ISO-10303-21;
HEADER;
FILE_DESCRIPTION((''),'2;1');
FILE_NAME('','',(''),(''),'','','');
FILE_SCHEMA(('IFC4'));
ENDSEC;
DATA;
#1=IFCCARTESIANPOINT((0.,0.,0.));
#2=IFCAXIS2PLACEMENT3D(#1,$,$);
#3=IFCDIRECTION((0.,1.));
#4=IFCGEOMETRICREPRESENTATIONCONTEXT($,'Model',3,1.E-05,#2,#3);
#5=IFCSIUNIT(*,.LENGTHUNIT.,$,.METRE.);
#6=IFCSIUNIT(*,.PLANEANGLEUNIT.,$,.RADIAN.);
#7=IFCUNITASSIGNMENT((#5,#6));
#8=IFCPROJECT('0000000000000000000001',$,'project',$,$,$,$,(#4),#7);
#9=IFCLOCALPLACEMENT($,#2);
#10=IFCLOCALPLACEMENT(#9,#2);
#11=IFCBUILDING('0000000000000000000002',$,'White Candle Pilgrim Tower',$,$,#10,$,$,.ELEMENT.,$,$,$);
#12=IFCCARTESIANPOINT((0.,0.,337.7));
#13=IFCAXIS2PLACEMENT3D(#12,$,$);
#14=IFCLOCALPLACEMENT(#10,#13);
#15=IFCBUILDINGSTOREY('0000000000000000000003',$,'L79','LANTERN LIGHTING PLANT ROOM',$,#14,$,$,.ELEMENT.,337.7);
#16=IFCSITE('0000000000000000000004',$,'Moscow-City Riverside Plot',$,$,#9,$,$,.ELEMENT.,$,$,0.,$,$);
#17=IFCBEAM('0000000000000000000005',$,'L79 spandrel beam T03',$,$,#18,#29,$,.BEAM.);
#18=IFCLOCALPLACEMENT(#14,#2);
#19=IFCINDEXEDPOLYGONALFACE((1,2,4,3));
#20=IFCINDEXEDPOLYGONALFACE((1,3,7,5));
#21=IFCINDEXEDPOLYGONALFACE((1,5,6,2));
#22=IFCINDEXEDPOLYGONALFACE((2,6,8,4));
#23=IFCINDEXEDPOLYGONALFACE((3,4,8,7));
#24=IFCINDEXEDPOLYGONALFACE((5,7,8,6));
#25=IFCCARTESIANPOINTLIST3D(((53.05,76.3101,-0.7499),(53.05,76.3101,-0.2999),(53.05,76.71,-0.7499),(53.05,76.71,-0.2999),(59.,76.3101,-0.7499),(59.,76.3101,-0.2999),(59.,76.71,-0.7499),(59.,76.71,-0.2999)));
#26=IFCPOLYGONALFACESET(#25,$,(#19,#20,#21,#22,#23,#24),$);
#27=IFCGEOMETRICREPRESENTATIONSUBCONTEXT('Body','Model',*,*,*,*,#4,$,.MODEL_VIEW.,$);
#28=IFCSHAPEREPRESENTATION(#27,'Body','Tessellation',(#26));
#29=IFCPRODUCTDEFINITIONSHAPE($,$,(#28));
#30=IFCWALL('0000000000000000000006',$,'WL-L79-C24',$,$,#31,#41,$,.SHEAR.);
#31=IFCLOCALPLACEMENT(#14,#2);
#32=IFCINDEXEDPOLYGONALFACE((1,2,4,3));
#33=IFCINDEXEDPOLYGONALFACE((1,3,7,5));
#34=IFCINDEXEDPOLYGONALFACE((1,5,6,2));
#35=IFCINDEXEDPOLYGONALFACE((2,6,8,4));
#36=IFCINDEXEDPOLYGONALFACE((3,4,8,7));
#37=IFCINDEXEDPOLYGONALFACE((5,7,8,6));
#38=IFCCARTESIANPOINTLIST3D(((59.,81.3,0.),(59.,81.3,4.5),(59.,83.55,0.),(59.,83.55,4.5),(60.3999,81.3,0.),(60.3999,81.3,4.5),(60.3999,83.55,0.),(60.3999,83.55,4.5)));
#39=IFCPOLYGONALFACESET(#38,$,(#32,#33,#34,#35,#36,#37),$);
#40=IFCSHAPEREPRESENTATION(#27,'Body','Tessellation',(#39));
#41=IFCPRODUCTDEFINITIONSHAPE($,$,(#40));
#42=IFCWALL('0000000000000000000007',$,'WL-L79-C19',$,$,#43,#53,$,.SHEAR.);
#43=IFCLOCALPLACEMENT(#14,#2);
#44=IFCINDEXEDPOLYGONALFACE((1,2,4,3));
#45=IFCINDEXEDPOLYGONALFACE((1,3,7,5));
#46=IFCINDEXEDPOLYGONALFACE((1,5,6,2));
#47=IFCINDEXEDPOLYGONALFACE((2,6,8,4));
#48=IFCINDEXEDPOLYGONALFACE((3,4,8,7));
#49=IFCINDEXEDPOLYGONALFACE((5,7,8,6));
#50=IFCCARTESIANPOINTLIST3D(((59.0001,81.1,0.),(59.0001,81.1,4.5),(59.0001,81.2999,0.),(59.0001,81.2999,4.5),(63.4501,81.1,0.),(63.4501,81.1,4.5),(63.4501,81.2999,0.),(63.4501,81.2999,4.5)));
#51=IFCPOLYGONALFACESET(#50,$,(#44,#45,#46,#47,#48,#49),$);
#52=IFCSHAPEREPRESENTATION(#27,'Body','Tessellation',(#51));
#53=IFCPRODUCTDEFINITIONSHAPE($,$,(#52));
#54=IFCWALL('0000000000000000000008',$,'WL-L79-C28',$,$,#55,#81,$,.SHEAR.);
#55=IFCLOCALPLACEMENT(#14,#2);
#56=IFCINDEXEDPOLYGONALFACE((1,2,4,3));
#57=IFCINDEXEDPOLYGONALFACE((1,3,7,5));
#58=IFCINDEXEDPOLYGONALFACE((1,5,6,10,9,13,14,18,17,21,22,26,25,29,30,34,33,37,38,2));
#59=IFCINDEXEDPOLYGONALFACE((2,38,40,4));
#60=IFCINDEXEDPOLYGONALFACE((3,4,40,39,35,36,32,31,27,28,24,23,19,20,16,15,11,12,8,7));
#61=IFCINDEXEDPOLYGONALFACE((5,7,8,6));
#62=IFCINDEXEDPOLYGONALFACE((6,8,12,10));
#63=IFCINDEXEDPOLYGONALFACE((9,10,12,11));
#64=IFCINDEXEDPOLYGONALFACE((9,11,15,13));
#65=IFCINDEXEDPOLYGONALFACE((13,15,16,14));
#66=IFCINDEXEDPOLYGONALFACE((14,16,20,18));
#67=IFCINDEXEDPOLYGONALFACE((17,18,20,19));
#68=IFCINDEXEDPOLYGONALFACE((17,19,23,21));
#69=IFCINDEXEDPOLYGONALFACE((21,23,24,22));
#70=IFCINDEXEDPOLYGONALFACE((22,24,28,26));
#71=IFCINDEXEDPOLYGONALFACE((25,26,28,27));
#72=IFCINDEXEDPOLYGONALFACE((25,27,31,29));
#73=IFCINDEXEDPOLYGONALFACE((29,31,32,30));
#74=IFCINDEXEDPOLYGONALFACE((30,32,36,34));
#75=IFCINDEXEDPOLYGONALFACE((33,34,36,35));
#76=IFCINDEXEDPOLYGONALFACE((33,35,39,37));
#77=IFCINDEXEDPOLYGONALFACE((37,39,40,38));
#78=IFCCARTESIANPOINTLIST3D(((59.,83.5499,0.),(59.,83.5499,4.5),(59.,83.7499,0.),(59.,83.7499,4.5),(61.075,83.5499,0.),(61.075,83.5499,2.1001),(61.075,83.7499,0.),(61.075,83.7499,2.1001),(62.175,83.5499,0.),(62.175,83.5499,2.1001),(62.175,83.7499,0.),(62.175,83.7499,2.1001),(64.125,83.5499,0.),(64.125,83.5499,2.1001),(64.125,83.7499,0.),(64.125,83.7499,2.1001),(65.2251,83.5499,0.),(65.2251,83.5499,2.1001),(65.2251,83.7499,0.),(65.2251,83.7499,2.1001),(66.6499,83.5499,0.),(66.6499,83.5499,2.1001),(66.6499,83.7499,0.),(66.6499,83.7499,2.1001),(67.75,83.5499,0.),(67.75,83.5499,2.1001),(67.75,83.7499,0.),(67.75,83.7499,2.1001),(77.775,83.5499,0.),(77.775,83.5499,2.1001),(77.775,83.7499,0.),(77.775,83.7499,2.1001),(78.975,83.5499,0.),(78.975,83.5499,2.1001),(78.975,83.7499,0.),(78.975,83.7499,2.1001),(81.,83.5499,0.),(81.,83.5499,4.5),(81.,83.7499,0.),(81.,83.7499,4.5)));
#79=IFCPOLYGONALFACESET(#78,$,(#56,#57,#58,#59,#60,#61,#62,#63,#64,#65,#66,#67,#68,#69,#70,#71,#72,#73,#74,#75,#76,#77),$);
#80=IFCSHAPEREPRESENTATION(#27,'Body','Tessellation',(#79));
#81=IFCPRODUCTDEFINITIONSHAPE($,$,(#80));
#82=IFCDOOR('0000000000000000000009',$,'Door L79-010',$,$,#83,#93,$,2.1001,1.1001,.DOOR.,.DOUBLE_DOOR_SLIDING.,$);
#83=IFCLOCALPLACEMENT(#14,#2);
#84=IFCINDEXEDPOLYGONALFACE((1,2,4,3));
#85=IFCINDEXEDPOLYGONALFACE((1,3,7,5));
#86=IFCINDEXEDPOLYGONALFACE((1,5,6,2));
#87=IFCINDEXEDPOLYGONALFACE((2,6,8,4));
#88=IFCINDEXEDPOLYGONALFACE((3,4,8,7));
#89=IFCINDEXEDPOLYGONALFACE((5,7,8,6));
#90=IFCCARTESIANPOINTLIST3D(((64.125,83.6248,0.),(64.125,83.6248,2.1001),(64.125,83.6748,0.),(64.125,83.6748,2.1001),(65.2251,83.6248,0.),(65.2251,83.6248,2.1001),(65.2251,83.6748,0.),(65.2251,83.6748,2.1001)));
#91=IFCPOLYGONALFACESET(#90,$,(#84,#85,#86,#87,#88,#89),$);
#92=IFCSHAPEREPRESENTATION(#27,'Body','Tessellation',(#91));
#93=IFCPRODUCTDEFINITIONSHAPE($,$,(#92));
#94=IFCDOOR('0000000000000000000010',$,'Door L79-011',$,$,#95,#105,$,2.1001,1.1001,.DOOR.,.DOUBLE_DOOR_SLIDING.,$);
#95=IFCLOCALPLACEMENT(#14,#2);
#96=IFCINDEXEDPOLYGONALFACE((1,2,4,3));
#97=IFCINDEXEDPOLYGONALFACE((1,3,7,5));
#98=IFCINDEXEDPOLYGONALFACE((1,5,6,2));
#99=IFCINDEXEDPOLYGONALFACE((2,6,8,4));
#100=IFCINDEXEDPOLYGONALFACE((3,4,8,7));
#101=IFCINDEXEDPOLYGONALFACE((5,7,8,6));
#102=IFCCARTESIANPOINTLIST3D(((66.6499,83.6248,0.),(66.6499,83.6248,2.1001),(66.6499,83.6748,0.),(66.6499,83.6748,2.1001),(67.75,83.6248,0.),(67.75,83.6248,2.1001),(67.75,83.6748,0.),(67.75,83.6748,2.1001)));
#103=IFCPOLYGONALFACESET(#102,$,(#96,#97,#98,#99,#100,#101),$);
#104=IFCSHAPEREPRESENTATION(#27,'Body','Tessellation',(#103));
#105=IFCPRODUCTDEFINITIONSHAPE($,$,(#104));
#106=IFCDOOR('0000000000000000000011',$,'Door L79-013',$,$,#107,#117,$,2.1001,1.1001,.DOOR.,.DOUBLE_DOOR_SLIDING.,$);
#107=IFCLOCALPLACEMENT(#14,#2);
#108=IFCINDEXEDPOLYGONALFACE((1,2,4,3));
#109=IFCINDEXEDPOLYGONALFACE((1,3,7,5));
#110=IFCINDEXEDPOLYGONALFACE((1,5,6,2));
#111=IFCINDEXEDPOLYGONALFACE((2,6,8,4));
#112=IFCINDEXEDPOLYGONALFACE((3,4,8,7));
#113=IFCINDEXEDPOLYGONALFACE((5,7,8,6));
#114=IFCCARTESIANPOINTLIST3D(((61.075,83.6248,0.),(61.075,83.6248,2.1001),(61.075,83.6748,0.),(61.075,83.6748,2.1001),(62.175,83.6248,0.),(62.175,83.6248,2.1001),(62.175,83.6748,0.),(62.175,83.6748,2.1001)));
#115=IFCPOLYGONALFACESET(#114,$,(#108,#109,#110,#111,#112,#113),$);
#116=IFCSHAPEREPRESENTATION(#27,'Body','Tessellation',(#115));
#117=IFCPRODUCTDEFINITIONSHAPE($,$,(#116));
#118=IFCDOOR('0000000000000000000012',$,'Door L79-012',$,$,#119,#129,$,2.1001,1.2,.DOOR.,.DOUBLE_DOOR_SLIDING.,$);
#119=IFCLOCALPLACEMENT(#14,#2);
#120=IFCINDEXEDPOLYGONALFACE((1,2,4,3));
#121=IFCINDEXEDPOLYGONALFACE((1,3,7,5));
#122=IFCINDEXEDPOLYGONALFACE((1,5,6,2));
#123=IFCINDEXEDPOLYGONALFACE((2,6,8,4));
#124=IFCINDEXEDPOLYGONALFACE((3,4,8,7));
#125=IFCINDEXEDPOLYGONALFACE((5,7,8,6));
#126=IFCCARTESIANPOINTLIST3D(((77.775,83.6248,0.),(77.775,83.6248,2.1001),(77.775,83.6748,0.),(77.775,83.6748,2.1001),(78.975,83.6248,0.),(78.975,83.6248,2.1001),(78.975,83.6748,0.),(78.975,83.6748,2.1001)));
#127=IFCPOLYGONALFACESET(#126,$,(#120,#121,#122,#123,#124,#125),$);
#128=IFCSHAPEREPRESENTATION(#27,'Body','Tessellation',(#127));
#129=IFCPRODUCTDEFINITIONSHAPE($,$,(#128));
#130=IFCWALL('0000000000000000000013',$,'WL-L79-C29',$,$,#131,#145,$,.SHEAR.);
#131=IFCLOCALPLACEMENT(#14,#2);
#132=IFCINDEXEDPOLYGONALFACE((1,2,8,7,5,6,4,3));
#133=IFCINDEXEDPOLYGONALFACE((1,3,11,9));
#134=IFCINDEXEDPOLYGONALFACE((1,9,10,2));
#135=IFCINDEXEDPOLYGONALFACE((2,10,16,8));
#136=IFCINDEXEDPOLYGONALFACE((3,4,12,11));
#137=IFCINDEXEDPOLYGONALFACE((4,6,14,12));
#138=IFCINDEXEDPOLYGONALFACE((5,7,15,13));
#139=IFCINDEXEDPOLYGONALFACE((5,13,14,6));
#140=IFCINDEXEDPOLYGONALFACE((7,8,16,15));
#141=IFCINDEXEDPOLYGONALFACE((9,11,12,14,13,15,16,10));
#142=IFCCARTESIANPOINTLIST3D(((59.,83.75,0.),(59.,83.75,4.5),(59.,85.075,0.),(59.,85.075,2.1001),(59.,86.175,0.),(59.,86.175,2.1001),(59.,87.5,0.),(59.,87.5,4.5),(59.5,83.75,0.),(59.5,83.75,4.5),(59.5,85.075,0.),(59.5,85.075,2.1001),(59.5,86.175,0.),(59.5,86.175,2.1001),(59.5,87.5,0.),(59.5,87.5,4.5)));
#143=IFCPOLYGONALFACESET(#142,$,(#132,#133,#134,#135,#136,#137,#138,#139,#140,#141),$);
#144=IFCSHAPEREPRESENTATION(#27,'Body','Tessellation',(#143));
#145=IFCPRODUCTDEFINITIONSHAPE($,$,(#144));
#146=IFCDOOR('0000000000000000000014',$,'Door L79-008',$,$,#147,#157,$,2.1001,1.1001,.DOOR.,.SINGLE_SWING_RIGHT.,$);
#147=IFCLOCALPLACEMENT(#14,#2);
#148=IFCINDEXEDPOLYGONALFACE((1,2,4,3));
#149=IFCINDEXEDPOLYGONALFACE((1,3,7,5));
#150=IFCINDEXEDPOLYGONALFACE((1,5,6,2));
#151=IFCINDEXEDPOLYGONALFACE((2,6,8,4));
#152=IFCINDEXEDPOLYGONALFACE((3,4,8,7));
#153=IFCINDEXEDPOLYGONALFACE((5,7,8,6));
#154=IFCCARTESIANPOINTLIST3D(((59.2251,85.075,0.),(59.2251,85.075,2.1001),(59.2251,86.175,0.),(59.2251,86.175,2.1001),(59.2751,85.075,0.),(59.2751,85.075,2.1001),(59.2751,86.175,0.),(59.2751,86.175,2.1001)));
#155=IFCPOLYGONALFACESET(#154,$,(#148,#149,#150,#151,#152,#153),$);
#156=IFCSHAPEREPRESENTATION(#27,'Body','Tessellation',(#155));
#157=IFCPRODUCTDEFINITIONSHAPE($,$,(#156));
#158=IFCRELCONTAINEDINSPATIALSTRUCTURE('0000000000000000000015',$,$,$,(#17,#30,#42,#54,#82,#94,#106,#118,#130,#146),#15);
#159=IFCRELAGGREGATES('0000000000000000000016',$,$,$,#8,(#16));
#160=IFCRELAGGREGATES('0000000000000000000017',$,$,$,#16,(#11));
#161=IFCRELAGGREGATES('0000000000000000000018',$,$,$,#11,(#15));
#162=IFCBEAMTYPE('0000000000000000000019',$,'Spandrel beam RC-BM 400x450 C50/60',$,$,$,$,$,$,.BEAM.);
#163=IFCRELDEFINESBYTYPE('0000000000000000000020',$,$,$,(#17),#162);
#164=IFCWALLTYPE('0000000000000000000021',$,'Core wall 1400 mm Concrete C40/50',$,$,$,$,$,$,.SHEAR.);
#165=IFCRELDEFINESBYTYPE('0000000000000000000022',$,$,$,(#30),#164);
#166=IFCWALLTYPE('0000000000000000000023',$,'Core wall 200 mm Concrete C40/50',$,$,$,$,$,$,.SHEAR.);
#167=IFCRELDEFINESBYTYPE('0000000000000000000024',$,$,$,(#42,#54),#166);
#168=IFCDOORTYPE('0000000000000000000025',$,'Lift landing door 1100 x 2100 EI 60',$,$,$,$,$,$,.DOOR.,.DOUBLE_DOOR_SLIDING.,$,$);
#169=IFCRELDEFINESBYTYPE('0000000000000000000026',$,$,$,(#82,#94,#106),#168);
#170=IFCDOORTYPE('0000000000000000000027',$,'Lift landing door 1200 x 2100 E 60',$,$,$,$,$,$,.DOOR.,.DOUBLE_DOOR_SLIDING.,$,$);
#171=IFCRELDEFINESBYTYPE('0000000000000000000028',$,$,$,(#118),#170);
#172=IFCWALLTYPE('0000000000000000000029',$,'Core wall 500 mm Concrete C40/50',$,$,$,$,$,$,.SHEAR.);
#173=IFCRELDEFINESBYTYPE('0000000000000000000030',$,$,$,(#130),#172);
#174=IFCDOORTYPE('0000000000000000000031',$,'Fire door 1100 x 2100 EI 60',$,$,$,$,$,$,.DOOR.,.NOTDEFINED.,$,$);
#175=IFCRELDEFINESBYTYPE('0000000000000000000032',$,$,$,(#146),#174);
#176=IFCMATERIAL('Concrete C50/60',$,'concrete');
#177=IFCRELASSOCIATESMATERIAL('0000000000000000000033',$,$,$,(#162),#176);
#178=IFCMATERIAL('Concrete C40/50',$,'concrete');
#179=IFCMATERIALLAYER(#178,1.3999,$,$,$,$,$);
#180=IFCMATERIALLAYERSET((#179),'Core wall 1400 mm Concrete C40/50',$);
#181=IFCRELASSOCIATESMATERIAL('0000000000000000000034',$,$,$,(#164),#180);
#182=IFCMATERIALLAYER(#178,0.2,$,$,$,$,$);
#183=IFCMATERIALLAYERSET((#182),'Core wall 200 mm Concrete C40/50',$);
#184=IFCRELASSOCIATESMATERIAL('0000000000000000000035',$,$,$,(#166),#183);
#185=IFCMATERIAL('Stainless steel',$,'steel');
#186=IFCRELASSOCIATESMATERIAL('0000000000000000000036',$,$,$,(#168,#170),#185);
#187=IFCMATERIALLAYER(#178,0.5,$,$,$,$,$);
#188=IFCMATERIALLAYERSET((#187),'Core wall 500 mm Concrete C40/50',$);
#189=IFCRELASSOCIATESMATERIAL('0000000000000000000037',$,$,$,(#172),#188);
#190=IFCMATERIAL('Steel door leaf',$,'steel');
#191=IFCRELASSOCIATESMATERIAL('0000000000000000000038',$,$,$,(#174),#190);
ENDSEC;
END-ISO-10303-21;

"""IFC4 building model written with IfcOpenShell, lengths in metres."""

from ifc_helpers import new_model, si_unit, direction, frame, frame_2d, origin, origin_2d, place, context, subcontext, project, spatial, rectangle, extrude, material, layer, layer_set, material_profile, profile_set, type_object, element, fill, save


model = new_model("IFC4")

# Units and contexts
model_context = context("Model", 3, precision=1e-05, world=origin(), true_north=direction((0.0, 1.0)))
body_context = subcontext(model_context, "Body", "Model", "MODEL_VIEW")
ifc_project = project(units=[si_unit("LENGTHUNIT", "METRE"), si_unit("PLANEANGLEUNIT", "RADIAN")], contexts=[model_context])

# Site, building, storey
site_placement = place(None, origin())
site = spatial("IfcSite", under=ifc_project, at=site_placement, Name="Moscow-City Riverside Plot", CompositionType="ELEMENT", RefElevation=0.0)
building_placement = place(site_placement, origin())
building = spatial("IfcBuilding", under=site, at=building_placement, Name="White Candle Pilgrim Tower", CompositionType="ELEMENT")
storey_placement = place(building_placement, frame((0.0, 0.0, 337.7)))
storey = spatial("IfcBuildingStorey", under=building, at=storey_placement, Name="L79", Description="LANTERN LIGHTING PLANT ROOM", CompositionType="ELEMENT", Elevation=337.7)

# Beam
ifc_material_1 = material(Name="Concrete C50/60", Category="concrete")
ifc_material_profile = material_profile(ifc_material_1, rectangle(XDim=0.3999, YDim=0.45, at=origin_2d()), Name="RC-BM 400x450")
ifc_profile_set = profile_set([ifc_material_profile], Name="Concrete C50/60")
beam_type = type_object("IfcBeamType", Name="Spandrel beam RC-BM 400x450 C50/60", PredefinedType="BEAM", material=ifc_profile_set)
beam_placement = place(storey_placement, frame((53.05, 76.51, -0.5249), z_axis=(1.0, 0.0, 0.0), x_axis=(0.0, 1.0, 0.0)))
element("IfcBeam", 1, at=beam_placement, inside=storey, type_object=beam_type, Name="L79 spandrel beam T03", PredefinedType="BEAM", context=body_context, shape_type="SweptSolid", body=[
    extrude(rectangle(XDim=0.3999, YDim=0.45, at=origin_2d()), origin(), (0.0, 0.0, 1.0), 5.95),
])

# Walls
ifc_material_2 = material(Name="Concrete C40/50", Category="concrete")
ifc_layer_1 = layer(ifc_material_2, 1.3999)
ifc_layer_set_1 = layer_set([ifc_layer_1], Name="Core wall 1400 mm Concrete C40/50")
wall_type_1 = type_object("IfcWallType", Name="Core wall 1400 mm Concrete C40/50", PredefinedType="SHEAR", material=ifc_layer_set_1)
wall_1_placement = place(storey_placement, frame((59.7, 81.3, 0.0), z_axis=(0.0, 0.0, 1.0), x_axis=(0.0, 1.0, 0.0)))
element("IfcWall", 2, at=wall_1_placement, inside=storey, type_object=wall_type_1, Name="WL-L79-C24", PredefinedType="SHEAR", context=body_context, shape_type="SweptSolid", body=[
    extrude(rectangle(XDim=2.25, YDim=1.3999, at=frame_2d((1.125, 0.0))), origin(), (0.0, 0.0, 1.0), 4.5),
])
ifc_layer_2 = layer(ifc_material_2, 0.2)
ifc_layer_set_2 = layer_set([ifc_layer_2], Name="Core wall 200 mm Concrete C40/50")
wall_type_2 = type_object("IfcWallType", Name="Core wall 200 mm Concrete C40/50", PredefinedType="SHEAR", material=ifc_layer_set_2)
wall_2_placement = place(storey_placement, frame((59.0, 81.2, 0.0), z_axis=(0.0, 0.0, 1.0), x_axis=(1.0, 0.0, 0.0)))
element("IfcWall", 3, at=wall_2_placement, inside=storey, type_object=wall_type_2, Name="WL-L79-C19", PredefinedType="SHEAR", context=body_context, shape_type="SweptSolid", body=[
    extrude(rectangle(XDim=4.45, YDim=0.2, at=frame_2d((2.2251, 0.0))), origin(), (0.0, 0.0, 1.0), 4.5),
])

# Wall, openings, doors
wall_3_placement = place(storey_placement, frame((59.0, 83.6499, 0.0), z_axis=(0.0, 0.0, 1.0), x_axis=(1.0, 0.0, 0.0)))
wall_3 = element("IfcWall", 4, at=wall_3_placement, inside=storey, type_object=wall_type_2, Name="WL-L79-C28", PredefinedType="SHEAR", context=body_context, shape_type="SweptSolid", body=[
    extrude(rectangle(XDim=22.0, YDim=0.2, at=frame_2d((11.0, 0.0))), origin(), (0.0, 0.0, 1.0), 4.5),
])
opening_1_placement = place(wall_3_placement, frame((5.125, 0.0, 0.0)))
opening_1 = element("IfcOpeningElement", 5, at=opening_1_placement, cuts=wall_3, PredefinedType="OPENING", context=body_context, shape_type="SweptSolid", body=[
    extrude(rectangle(XDim=1.1001, YDim=2.1001, at=frame_2d((0.55, 1.05))), frame((0.0, 0.1099, 0.0), z_axis=(0.0, -1.0, 0.0), x_axis=(1.0, 0.0, 0.0)), (0.0, 0.0, 1.0), 0.22),
])
opening_2_placement = place(wall_3_placement, frame((7.6499, 0.0, 0.0)))
opening_2 = element("IfcOpeningElement", 6, at=opening_2_placement, cuts=wall_3, PredefinedType="OPENING", context=body_context, shape_type="SweptSolid", body=[
    extrude(rectangle(XDim=1.1001, YDim=2.1001, at=frame_2d((0.55, 1.05))), frame((0.0, 0.1099, 0.0), z_axis=(0.0, -1.0, 0.0), x_axis=(1.0, 0.0, 0.0)), (0.0, 0.0, 1.0), 0.22),
])
opening_3_placement = place(wall_3_placement, frame((18.7749, 0.0, 0.0)))
opening_3 = element("IfcOpeningElement", 7, at=opening_3_placement, cuts=wall_3, PredefinedType="OPENING", context=body_context, shape_type="SweptSolid", body=[
    extrude(rectangle(XDim=1.2, YDim=2.1001, at=frame_2d((0.6001, 1.05))), frame((0.0, 0.1099, 0.0), z_axis=(0.0, -1.0, 0.0), x_axis=(1.0, 0.0, 0.0)), (0.0, 0.0, 1.0), 0.22),
])
opening_4_placement = place(wall_3_placement, frame((2.075, 0.0, 0.0)))
opening_4 = element("IfcOpeningElement", 8, at=opening_4_placement, cuts=wall_3, PredefinedType="OPENING", context=body_context, shape_type="SweptSolid", body=[
    extrude(rectangle(XDim=1.1001, YDim=2.1001, at=frame_2d((0.55, 1.05))), frame((0.0, 0.1099, 0.0), z_axis=(0.0, -1.0, 0.0), x_axis=(1.0, 0.0, 0.0)), (0.0, 0.0, 1.0), 0.22),
])
ifc_material_3 = material(Name="Stainless steel", Category="steel")
door_type_1 = type_object("IfcDoorType", Name="Lift landing door 1100 x 2100 EI 60", OperationType="DOUBLE_DOOR_SLIDING", PredefinedType="DOOR", material=ifc_material_3)
door_1_placement = place(opening_1_placement, origin())
door_1 = element("IfcDoor", 9, at=door_1_placement, inside=storey, type_object=door_type_1, Name="Door L79-010", OperationType="DOUBLE_DOOR_SLIDING", OverallHeight=2.1001, OverallWidth=1.1001, PredefinedType="DOOR", context=body_context, shape_type="SweptSolid", body=[
    extrude(rectangle(XDim=1.1001, YDim=2.1001, at=frame_2d((0.55, 1.05))), frame((0.0, 0.0249, 0.0), z_axis=(0.0, -1.0, 0.0), x_axis=(1.0, 0.0, 0.0)), (0.0, 0.0, 1.0), 0.05),
])
fill(opening_1, door_1)
door_2_placement = place(opening_2_placement, origin())
door_2 = element("IfcDoor", 10, at=door_2_placement, inside=storey, type_object=door_type_1, Name="Door L79-011", OperationType="DOUBLE_DOOR_SLIDING", OverallHeight=2.1001, OverallWidth=1.1001, PredefinedType="DOOR", context=body_context, shape_type="SweptSolid", body=[
    extrude(rectangle(XDim=1.1001, YDim=2.1001, at=frame_2d((0.55, 1.05))), frame((0.0, 0.0249, 0.0), z_axis=(0.0, -1.0, 0.0), x_axis=(1.0, 0.0, 0.0)), (0.0, 0.0, 1.0), 0.05),
])
fill(opening_2, door_2)
door_3_placement = place(opening_4_placement, origin())
door_3 = element("IfcDoor", 11, at=door_3_placement, inside=storey, type_object=door_type_1, Name="Door L79-013", OperationType="DOUBLE_DOOR_SLIDING", OverallHeight=2.1001, OverallWidth=1.1001, PredefinedType="DOOR", context=body_context, shape_type="SweptSolid", body=[
    extrude(rectangle(XDim=1.1001, YDim=2.1001, at=frame_2d((0.55, 1.05))), frame((0.0, 0.0249, 0.0), z_axis=(0.0, -1.0, 0.0), x_axis=(1.0, 0.0, 0.0)), (0.0, 0.0, 1.0), 0.05),
])
fill(opening_4, door_3)
door_type_2 = type_object("IfcDoorType", Name="Lift landing door 1200 x 2100 E 60", OperationType="DOUBLE_DOOR_SLIDING", PredefinedType="DOOR", material=ifc_material_3)
door_4_placement = place(opening_3_placement, origin())
door_4 = element("IfcDoor", 12, at=door_4_placement, inside=storey, type_object=door_type_2, Name="Door L79-012", OperationType="DOUBLE_DOOR_SLIDING", OverallHeight=2.1001, OverallWidth=1.2, PredefinedType="DOOR", context=body_context, shape_type="SweptSolid", body=[
    extrude(rectangle(XDim=1.2, YDim=2.1001, at=frame_2d((0.6001, 1.05))), frame((0.0, 0.0249, 0.0), z_axis=(0.0, -1.0, 0.0), x_axis=(1.0, 0.0, 0.0)), (0.0, 0.0, 1.0), 0.05),
])
fill(opening_3, door_4)

# Wall, opening, door
ifc_layer_3 = layer(ifc_material_2, 0.5)
ifc_layer_set_3 = layer_set([ifc_layer_3], Name="Core wall 500 mm Concrete C40/50")
wall_type_3 = type_object("IfcWallType", Name="Core wall 500 mm Concrete C40/50", PredefinedType="SHEAR", material=ifc_layer_set_3)
wall_4_placement = place(storey_placement, frame((59.25, 83.75, 0.0), z_axis=(0.0, 0.0, 1.0), x_axis=(0.0, 1.0, 0.0)))
wall_4 = element("IfcWall", 13, at=wall_4_placement, inside=storey, type_object=wall_type_3, Name="WL-L79-C29", PredefinedType="SHEAR", context=body_context, shape_type="SweptSolid", body=[
    extrude(rectangle(XDim=3.75, YDim=0.5, at=frame_2d((1.875, 0.0))), origin(), (0.0, 0.0, 1.0), 4.5),
])
opening_5_placement = place(wall_4_placement, frame((1.325, 0.0, 0.0)))
opening_5 = element("IfcOpeningElement", 14, at=opening_5_placement, cuts=wall_4, PredefinedType="OPENING", context=body_context, shape_type="SweptSolid", body=[
    extrude(rectangle(XDim=1.1001, YDim=2.1001, at=frame_2d((0.55, 1.05))), frame((0.0, 0.26, 0.0), z_axis=(0.0, -1.0, 0.0), x_axis=(1.0, 0.0, 0.0)), (0.0, 0.0, 1.0), 0.52),
])
ifc_material_4 = material(Name="Steel door leaf", Category="steel")
door_type_3 = type_object("IfcDoorType", Name="Fire door 1100 x 2100 EI 60", OperationType="NOTDEFINED", PredefinedType="DOOR", material=ifc_material_4)
door_5_placement = place(opening_5_placement, origin())
door_5 = element("IfcDoor", 15, at=door_5_placement, inside=storey, type_object=door_type_3, Name="Door L79-008", OperationType="SINGLE_SWING_RIGHT", OverallHeight=2.1001, OverallWidth=1.1001, PredefinedType="DOOR", context=body_context, shape_type="SweptSolid", body=[
    extrude(rectangle(XDim=1.1001, YDim=2.1001, at=frame_2d((0.55, 1.05))), frame((0.0, 0.0249, 0.0), z_axis=(0.0, -1.0, 0.0), x_axis=(1.0, 0.0, 0.0)), (0.0, 0.0, 1.0), 0.05),
])
fill(opening_5, door_5)

save(model, "model.ifc")
